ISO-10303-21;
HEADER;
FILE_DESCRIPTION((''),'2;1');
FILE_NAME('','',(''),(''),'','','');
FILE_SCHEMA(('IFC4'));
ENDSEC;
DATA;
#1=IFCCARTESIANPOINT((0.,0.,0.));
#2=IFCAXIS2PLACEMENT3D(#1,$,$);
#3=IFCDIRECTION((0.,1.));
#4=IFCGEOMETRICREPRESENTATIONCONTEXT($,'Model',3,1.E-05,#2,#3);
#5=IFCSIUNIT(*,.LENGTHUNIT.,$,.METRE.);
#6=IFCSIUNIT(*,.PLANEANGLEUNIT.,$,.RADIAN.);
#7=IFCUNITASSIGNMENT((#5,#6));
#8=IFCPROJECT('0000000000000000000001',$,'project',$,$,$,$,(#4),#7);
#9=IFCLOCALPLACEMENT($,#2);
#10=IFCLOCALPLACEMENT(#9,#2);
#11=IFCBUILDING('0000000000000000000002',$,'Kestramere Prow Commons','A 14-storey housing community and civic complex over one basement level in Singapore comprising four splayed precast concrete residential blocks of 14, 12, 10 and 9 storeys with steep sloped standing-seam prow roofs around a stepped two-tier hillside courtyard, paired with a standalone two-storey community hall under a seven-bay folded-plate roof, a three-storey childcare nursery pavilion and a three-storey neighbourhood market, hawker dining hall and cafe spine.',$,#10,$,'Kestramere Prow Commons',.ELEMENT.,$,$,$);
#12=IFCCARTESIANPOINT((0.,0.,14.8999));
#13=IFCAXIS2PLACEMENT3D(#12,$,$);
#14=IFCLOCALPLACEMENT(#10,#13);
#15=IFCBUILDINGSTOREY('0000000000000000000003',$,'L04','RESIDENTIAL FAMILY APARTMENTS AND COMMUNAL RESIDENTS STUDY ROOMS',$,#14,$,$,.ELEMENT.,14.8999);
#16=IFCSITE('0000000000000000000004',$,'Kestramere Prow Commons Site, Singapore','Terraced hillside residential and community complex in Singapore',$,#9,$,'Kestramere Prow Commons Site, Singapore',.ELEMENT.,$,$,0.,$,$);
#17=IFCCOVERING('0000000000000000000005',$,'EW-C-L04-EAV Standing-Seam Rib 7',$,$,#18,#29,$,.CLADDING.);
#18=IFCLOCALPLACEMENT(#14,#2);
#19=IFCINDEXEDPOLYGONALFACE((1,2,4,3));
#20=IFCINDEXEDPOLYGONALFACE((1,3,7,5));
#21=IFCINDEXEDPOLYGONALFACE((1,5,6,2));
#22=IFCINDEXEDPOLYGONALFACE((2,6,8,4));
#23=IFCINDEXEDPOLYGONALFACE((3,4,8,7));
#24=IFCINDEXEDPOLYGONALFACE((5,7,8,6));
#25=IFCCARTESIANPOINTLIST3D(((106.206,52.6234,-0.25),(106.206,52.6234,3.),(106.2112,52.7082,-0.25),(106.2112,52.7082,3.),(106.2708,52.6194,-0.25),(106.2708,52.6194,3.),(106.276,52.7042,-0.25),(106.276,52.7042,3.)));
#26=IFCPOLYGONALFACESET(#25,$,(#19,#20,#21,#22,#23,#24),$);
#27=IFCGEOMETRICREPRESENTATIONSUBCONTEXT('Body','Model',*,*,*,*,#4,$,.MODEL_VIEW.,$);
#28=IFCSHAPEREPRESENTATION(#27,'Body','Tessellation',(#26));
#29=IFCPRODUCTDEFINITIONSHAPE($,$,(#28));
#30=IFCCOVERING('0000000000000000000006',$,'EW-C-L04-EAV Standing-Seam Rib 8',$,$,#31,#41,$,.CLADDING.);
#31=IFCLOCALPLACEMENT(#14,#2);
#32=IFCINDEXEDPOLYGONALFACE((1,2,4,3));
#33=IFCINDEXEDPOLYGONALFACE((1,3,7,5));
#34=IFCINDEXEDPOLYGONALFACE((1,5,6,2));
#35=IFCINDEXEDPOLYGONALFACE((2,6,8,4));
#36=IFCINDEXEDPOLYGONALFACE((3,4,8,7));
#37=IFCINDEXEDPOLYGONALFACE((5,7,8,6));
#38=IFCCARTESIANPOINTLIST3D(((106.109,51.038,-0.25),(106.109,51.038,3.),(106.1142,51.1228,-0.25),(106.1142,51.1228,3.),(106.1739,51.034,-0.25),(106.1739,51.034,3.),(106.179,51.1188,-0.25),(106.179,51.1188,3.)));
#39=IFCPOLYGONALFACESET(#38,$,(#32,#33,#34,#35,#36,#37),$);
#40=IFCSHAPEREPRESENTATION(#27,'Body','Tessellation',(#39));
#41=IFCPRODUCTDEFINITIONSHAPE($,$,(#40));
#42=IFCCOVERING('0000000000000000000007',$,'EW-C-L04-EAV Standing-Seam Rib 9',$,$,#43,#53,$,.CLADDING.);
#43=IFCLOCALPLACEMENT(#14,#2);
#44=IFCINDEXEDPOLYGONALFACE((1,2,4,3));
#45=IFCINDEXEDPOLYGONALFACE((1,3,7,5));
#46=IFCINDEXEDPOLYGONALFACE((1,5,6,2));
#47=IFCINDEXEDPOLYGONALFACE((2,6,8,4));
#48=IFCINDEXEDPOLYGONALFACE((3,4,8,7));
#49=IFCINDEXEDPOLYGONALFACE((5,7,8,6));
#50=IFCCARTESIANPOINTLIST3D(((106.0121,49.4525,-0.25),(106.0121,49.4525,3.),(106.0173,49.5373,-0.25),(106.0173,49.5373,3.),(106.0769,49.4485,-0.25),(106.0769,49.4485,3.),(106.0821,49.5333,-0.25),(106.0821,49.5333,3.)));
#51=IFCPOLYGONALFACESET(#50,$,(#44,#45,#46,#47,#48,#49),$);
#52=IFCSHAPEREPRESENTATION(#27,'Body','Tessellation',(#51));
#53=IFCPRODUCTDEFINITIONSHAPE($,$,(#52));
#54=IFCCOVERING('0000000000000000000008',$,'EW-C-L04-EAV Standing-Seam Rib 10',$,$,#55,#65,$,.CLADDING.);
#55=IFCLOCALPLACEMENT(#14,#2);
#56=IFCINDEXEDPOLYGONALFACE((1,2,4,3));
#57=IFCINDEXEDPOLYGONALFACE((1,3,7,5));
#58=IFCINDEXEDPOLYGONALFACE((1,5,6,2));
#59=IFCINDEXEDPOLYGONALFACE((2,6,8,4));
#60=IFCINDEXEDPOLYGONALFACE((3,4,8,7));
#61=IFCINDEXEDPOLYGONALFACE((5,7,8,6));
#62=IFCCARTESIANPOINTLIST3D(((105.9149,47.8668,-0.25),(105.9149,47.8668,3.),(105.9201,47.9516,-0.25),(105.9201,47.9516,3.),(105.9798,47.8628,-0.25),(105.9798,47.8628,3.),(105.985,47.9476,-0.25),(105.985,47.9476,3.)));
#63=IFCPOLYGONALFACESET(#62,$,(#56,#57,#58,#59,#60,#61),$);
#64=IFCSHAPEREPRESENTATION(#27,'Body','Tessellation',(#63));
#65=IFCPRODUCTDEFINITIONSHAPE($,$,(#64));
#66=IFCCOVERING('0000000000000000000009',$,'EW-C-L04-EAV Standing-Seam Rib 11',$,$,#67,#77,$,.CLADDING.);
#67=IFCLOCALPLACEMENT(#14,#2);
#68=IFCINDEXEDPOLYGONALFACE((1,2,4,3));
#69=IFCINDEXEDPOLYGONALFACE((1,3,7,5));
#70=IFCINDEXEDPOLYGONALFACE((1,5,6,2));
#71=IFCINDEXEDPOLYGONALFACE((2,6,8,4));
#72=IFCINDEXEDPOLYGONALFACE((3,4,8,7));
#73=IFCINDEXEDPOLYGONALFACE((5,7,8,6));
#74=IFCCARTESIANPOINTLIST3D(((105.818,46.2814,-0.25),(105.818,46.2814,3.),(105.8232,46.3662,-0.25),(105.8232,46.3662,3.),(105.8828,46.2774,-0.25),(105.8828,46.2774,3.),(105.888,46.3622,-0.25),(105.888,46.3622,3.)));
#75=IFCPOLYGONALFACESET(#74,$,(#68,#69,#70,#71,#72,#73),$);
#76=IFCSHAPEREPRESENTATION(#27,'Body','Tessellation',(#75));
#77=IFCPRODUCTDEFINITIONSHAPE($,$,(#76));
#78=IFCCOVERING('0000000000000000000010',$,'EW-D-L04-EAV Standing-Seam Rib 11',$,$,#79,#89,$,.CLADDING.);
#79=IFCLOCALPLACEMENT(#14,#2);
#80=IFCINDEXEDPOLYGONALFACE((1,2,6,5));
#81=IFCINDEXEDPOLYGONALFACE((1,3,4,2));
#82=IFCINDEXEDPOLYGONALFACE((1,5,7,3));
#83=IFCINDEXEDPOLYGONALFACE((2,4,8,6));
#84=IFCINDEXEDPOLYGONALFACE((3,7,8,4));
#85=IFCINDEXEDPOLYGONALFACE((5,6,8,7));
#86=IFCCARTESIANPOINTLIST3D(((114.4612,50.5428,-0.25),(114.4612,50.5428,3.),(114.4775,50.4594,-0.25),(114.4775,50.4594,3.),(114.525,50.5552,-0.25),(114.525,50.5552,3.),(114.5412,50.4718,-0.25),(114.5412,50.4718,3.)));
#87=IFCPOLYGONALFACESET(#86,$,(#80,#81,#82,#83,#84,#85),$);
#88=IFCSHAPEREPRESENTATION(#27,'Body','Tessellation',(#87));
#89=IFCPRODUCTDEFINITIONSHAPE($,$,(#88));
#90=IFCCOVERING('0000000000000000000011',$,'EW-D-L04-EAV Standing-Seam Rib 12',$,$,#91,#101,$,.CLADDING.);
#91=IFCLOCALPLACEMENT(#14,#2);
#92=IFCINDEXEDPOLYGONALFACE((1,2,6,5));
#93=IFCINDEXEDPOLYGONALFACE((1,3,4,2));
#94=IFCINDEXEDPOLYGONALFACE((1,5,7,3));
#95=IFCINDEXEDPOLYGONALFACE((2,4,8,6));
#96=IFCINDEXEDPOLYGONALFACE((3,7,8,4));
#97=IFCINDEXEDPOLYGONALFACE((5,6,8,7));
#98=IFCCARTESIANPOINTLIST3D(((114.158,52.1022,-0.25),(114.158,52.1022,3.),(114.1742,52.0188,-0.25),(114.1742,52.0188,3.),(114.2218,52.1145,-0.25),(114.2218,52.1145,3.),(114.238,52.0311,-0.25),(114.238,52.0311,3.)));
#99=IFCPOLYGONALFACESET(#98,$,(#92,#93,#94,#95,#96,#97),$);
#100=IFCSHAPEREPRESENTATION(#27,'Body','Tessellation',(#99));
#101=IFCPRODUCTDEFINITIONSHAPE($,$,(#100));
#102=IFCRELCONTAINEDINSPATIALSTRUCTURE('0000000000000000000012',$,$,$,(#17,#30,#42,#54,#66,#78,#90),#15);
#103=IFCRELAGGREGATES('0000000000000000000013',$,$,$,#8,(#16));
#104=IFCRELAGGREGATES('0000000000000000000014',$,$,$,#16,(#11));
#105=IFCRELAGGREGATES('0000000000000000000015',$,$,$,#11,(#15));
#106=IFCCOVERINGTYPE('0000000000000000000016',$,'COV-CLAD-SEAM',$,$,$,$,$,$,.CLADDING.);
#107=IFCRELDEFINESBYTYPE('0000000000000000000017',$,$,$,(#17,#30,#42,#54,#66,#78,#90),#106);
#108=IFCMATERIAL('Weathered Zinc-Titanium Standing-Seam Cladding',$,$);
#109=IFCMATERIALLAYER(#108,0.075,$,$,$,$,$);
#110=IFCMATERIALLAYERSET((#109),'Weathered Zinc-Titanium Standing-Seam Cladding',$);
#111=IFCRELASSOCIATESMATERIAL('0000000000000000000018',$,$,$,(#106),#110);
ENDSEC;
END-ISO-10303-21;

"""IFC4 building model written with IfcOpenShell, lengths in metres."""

from ifc_helpers import new_model, si_unit, direction, frame, origin, origin_2d, place, context, subcontext, project, spatial, rectangle, extrude, material, layer, layer_set, type_object, element, save


model = new_model("IFC4")

# Units and contexts
model_context = context("Model", 3, precision=1e-05, world=origin(), true_north=direction((0.0, 1.0)))
body_context = subcontext(model_context, "Body", "Model", "MODEL_VIEW")
ifc_project = project(units=[si_unit("LENGTHUNIT", "METRE"), si_unit("PLANEANGLEUNIT", "RADIAN")], contexts=[model_context])

# Site, building, storey
site_placement = place(None, origin())
site = spatial("IfcSite", under=ifc_project, at=site_placement, Name="Kestramere Prow Commons Site, Singapore", Description="Terraced hillside residential and community complex in Singapore", LongName="Kestramere Prow Commons Site, Singapore", CompositionType="ELEMENT", RefElevation=0.0)
building_placement = place(site_placement, origin())
building = spatial("IfcBuilding", under=site, at=building_placement, Name="Kestramere Prow Commons", Description="A 14-storey housing community and civic complex over one basement level in Singapore comprising four splayed precast concrete residential blocks of 14, 12, 10 and 9 storeys with steep sloped standing-seam prow roofs around a stepped two-tier hillside courtyard, paired with a standalone two-storey community hall under a seven-bay folded-plate roof, a three-storey childcare nursery pavilion and a three-storey neighbourhood market, hawker dining hall and cafe spine.", LongName="Kestramere Prow Commons", CompositionType="ELEMENT")
storey_placement = place(building_placement, frame((0.0, 0.0, 14.8999)))
storey = spatial("IfcBuildingStorey", under=building, at=storey_placement, Name="L04", Description="RESIDENTIAL FAMILY APARTMENTS AND COMMUNAL RESIDENTS STUDY ROOMS", CompositionType="ELEMENT", Elevation=14.8999)

# Coverings
ifc_material_1 = material(Name="Weathered Zinc-Titanium Standing-Seam Cladding")
ifc_layer_1 = layer(ifc_material_1, 0.075)
ifc_layer_set_1 = layer_set([ifc_layer_1], Name="Weathered Zinc-Titanium Standing-Seam Cladding")
covering_type = type_object("IfcCoveringType", Name="COV-CLAD-SEAM", PredefinedType="CLADDING", material=ifc_layer_set_1)
for number, where, z_axis, x_axis, name in (
    (1, (106.241, 52.6638, -0.25), (0.0, 0.0, 1.0), (-0.061049, -0.998135, 0.0), "EW-C-L04-EAV Standing-Seam Rib 7"),
    (2, (106.144, 51.0784, -0.25), (0.0, 0.0, 1.0), (-0.061049, -0.998135, 0.0), "EW-C-L04-EAV Standing-Seam Rib 8"),
    (3, (106.0471, 49.4929, -0.25), (0.0, 0.0, 1.0), (-0.061049, -0.998135, 0.0), "EW-C-L04-EAV Standing-Seam Rib 9"),
    (4, (105.95, 47.9072, -0.25), (0.0, 0.0, 1.0), (-0.061049, -0.998135, 0.0), "EW-C-L04-EAV Standing-Seam Rib 10"),
    (5, (105.853, 46.3218, -0.25), (0.0, 0.0, 1.0), (-0.061049, -0.998135, 0.0), "EW-C-L04-EAV Standing-Seam Rib 11"),
    (6, (114.5012, 50.5073, -0.25), (0.0, 0.0, 1.0), (-0.190809, 0.981627, 0.0), "EW-D-L04-EAV Standing-Seam Rib 11"),
    (7, (114.198, 52.0667, -0.25), (0.0, 0.0, 1.0), (-0.190809, 0.981627, 0.0), "EW-D-L04-EAV Standing-Seam Rib 12"),
):
    element("IfcCovering", number, at=place(storey_placement, frame(where, z_axis=z_axis, x_axis=x_axis)), inside=storey, type_object=covering_type, Name=name, PredefinedType="CLADDING", context=body_context, shape_type="SweptSolid", body=[
        extrude(rectangle(XDim=0.085, YDim=0.0649, at=origin_2d()), origin(), (0.0, 0.0, 1.0), 3.25),
    ])

save(model, "model.ifc")
